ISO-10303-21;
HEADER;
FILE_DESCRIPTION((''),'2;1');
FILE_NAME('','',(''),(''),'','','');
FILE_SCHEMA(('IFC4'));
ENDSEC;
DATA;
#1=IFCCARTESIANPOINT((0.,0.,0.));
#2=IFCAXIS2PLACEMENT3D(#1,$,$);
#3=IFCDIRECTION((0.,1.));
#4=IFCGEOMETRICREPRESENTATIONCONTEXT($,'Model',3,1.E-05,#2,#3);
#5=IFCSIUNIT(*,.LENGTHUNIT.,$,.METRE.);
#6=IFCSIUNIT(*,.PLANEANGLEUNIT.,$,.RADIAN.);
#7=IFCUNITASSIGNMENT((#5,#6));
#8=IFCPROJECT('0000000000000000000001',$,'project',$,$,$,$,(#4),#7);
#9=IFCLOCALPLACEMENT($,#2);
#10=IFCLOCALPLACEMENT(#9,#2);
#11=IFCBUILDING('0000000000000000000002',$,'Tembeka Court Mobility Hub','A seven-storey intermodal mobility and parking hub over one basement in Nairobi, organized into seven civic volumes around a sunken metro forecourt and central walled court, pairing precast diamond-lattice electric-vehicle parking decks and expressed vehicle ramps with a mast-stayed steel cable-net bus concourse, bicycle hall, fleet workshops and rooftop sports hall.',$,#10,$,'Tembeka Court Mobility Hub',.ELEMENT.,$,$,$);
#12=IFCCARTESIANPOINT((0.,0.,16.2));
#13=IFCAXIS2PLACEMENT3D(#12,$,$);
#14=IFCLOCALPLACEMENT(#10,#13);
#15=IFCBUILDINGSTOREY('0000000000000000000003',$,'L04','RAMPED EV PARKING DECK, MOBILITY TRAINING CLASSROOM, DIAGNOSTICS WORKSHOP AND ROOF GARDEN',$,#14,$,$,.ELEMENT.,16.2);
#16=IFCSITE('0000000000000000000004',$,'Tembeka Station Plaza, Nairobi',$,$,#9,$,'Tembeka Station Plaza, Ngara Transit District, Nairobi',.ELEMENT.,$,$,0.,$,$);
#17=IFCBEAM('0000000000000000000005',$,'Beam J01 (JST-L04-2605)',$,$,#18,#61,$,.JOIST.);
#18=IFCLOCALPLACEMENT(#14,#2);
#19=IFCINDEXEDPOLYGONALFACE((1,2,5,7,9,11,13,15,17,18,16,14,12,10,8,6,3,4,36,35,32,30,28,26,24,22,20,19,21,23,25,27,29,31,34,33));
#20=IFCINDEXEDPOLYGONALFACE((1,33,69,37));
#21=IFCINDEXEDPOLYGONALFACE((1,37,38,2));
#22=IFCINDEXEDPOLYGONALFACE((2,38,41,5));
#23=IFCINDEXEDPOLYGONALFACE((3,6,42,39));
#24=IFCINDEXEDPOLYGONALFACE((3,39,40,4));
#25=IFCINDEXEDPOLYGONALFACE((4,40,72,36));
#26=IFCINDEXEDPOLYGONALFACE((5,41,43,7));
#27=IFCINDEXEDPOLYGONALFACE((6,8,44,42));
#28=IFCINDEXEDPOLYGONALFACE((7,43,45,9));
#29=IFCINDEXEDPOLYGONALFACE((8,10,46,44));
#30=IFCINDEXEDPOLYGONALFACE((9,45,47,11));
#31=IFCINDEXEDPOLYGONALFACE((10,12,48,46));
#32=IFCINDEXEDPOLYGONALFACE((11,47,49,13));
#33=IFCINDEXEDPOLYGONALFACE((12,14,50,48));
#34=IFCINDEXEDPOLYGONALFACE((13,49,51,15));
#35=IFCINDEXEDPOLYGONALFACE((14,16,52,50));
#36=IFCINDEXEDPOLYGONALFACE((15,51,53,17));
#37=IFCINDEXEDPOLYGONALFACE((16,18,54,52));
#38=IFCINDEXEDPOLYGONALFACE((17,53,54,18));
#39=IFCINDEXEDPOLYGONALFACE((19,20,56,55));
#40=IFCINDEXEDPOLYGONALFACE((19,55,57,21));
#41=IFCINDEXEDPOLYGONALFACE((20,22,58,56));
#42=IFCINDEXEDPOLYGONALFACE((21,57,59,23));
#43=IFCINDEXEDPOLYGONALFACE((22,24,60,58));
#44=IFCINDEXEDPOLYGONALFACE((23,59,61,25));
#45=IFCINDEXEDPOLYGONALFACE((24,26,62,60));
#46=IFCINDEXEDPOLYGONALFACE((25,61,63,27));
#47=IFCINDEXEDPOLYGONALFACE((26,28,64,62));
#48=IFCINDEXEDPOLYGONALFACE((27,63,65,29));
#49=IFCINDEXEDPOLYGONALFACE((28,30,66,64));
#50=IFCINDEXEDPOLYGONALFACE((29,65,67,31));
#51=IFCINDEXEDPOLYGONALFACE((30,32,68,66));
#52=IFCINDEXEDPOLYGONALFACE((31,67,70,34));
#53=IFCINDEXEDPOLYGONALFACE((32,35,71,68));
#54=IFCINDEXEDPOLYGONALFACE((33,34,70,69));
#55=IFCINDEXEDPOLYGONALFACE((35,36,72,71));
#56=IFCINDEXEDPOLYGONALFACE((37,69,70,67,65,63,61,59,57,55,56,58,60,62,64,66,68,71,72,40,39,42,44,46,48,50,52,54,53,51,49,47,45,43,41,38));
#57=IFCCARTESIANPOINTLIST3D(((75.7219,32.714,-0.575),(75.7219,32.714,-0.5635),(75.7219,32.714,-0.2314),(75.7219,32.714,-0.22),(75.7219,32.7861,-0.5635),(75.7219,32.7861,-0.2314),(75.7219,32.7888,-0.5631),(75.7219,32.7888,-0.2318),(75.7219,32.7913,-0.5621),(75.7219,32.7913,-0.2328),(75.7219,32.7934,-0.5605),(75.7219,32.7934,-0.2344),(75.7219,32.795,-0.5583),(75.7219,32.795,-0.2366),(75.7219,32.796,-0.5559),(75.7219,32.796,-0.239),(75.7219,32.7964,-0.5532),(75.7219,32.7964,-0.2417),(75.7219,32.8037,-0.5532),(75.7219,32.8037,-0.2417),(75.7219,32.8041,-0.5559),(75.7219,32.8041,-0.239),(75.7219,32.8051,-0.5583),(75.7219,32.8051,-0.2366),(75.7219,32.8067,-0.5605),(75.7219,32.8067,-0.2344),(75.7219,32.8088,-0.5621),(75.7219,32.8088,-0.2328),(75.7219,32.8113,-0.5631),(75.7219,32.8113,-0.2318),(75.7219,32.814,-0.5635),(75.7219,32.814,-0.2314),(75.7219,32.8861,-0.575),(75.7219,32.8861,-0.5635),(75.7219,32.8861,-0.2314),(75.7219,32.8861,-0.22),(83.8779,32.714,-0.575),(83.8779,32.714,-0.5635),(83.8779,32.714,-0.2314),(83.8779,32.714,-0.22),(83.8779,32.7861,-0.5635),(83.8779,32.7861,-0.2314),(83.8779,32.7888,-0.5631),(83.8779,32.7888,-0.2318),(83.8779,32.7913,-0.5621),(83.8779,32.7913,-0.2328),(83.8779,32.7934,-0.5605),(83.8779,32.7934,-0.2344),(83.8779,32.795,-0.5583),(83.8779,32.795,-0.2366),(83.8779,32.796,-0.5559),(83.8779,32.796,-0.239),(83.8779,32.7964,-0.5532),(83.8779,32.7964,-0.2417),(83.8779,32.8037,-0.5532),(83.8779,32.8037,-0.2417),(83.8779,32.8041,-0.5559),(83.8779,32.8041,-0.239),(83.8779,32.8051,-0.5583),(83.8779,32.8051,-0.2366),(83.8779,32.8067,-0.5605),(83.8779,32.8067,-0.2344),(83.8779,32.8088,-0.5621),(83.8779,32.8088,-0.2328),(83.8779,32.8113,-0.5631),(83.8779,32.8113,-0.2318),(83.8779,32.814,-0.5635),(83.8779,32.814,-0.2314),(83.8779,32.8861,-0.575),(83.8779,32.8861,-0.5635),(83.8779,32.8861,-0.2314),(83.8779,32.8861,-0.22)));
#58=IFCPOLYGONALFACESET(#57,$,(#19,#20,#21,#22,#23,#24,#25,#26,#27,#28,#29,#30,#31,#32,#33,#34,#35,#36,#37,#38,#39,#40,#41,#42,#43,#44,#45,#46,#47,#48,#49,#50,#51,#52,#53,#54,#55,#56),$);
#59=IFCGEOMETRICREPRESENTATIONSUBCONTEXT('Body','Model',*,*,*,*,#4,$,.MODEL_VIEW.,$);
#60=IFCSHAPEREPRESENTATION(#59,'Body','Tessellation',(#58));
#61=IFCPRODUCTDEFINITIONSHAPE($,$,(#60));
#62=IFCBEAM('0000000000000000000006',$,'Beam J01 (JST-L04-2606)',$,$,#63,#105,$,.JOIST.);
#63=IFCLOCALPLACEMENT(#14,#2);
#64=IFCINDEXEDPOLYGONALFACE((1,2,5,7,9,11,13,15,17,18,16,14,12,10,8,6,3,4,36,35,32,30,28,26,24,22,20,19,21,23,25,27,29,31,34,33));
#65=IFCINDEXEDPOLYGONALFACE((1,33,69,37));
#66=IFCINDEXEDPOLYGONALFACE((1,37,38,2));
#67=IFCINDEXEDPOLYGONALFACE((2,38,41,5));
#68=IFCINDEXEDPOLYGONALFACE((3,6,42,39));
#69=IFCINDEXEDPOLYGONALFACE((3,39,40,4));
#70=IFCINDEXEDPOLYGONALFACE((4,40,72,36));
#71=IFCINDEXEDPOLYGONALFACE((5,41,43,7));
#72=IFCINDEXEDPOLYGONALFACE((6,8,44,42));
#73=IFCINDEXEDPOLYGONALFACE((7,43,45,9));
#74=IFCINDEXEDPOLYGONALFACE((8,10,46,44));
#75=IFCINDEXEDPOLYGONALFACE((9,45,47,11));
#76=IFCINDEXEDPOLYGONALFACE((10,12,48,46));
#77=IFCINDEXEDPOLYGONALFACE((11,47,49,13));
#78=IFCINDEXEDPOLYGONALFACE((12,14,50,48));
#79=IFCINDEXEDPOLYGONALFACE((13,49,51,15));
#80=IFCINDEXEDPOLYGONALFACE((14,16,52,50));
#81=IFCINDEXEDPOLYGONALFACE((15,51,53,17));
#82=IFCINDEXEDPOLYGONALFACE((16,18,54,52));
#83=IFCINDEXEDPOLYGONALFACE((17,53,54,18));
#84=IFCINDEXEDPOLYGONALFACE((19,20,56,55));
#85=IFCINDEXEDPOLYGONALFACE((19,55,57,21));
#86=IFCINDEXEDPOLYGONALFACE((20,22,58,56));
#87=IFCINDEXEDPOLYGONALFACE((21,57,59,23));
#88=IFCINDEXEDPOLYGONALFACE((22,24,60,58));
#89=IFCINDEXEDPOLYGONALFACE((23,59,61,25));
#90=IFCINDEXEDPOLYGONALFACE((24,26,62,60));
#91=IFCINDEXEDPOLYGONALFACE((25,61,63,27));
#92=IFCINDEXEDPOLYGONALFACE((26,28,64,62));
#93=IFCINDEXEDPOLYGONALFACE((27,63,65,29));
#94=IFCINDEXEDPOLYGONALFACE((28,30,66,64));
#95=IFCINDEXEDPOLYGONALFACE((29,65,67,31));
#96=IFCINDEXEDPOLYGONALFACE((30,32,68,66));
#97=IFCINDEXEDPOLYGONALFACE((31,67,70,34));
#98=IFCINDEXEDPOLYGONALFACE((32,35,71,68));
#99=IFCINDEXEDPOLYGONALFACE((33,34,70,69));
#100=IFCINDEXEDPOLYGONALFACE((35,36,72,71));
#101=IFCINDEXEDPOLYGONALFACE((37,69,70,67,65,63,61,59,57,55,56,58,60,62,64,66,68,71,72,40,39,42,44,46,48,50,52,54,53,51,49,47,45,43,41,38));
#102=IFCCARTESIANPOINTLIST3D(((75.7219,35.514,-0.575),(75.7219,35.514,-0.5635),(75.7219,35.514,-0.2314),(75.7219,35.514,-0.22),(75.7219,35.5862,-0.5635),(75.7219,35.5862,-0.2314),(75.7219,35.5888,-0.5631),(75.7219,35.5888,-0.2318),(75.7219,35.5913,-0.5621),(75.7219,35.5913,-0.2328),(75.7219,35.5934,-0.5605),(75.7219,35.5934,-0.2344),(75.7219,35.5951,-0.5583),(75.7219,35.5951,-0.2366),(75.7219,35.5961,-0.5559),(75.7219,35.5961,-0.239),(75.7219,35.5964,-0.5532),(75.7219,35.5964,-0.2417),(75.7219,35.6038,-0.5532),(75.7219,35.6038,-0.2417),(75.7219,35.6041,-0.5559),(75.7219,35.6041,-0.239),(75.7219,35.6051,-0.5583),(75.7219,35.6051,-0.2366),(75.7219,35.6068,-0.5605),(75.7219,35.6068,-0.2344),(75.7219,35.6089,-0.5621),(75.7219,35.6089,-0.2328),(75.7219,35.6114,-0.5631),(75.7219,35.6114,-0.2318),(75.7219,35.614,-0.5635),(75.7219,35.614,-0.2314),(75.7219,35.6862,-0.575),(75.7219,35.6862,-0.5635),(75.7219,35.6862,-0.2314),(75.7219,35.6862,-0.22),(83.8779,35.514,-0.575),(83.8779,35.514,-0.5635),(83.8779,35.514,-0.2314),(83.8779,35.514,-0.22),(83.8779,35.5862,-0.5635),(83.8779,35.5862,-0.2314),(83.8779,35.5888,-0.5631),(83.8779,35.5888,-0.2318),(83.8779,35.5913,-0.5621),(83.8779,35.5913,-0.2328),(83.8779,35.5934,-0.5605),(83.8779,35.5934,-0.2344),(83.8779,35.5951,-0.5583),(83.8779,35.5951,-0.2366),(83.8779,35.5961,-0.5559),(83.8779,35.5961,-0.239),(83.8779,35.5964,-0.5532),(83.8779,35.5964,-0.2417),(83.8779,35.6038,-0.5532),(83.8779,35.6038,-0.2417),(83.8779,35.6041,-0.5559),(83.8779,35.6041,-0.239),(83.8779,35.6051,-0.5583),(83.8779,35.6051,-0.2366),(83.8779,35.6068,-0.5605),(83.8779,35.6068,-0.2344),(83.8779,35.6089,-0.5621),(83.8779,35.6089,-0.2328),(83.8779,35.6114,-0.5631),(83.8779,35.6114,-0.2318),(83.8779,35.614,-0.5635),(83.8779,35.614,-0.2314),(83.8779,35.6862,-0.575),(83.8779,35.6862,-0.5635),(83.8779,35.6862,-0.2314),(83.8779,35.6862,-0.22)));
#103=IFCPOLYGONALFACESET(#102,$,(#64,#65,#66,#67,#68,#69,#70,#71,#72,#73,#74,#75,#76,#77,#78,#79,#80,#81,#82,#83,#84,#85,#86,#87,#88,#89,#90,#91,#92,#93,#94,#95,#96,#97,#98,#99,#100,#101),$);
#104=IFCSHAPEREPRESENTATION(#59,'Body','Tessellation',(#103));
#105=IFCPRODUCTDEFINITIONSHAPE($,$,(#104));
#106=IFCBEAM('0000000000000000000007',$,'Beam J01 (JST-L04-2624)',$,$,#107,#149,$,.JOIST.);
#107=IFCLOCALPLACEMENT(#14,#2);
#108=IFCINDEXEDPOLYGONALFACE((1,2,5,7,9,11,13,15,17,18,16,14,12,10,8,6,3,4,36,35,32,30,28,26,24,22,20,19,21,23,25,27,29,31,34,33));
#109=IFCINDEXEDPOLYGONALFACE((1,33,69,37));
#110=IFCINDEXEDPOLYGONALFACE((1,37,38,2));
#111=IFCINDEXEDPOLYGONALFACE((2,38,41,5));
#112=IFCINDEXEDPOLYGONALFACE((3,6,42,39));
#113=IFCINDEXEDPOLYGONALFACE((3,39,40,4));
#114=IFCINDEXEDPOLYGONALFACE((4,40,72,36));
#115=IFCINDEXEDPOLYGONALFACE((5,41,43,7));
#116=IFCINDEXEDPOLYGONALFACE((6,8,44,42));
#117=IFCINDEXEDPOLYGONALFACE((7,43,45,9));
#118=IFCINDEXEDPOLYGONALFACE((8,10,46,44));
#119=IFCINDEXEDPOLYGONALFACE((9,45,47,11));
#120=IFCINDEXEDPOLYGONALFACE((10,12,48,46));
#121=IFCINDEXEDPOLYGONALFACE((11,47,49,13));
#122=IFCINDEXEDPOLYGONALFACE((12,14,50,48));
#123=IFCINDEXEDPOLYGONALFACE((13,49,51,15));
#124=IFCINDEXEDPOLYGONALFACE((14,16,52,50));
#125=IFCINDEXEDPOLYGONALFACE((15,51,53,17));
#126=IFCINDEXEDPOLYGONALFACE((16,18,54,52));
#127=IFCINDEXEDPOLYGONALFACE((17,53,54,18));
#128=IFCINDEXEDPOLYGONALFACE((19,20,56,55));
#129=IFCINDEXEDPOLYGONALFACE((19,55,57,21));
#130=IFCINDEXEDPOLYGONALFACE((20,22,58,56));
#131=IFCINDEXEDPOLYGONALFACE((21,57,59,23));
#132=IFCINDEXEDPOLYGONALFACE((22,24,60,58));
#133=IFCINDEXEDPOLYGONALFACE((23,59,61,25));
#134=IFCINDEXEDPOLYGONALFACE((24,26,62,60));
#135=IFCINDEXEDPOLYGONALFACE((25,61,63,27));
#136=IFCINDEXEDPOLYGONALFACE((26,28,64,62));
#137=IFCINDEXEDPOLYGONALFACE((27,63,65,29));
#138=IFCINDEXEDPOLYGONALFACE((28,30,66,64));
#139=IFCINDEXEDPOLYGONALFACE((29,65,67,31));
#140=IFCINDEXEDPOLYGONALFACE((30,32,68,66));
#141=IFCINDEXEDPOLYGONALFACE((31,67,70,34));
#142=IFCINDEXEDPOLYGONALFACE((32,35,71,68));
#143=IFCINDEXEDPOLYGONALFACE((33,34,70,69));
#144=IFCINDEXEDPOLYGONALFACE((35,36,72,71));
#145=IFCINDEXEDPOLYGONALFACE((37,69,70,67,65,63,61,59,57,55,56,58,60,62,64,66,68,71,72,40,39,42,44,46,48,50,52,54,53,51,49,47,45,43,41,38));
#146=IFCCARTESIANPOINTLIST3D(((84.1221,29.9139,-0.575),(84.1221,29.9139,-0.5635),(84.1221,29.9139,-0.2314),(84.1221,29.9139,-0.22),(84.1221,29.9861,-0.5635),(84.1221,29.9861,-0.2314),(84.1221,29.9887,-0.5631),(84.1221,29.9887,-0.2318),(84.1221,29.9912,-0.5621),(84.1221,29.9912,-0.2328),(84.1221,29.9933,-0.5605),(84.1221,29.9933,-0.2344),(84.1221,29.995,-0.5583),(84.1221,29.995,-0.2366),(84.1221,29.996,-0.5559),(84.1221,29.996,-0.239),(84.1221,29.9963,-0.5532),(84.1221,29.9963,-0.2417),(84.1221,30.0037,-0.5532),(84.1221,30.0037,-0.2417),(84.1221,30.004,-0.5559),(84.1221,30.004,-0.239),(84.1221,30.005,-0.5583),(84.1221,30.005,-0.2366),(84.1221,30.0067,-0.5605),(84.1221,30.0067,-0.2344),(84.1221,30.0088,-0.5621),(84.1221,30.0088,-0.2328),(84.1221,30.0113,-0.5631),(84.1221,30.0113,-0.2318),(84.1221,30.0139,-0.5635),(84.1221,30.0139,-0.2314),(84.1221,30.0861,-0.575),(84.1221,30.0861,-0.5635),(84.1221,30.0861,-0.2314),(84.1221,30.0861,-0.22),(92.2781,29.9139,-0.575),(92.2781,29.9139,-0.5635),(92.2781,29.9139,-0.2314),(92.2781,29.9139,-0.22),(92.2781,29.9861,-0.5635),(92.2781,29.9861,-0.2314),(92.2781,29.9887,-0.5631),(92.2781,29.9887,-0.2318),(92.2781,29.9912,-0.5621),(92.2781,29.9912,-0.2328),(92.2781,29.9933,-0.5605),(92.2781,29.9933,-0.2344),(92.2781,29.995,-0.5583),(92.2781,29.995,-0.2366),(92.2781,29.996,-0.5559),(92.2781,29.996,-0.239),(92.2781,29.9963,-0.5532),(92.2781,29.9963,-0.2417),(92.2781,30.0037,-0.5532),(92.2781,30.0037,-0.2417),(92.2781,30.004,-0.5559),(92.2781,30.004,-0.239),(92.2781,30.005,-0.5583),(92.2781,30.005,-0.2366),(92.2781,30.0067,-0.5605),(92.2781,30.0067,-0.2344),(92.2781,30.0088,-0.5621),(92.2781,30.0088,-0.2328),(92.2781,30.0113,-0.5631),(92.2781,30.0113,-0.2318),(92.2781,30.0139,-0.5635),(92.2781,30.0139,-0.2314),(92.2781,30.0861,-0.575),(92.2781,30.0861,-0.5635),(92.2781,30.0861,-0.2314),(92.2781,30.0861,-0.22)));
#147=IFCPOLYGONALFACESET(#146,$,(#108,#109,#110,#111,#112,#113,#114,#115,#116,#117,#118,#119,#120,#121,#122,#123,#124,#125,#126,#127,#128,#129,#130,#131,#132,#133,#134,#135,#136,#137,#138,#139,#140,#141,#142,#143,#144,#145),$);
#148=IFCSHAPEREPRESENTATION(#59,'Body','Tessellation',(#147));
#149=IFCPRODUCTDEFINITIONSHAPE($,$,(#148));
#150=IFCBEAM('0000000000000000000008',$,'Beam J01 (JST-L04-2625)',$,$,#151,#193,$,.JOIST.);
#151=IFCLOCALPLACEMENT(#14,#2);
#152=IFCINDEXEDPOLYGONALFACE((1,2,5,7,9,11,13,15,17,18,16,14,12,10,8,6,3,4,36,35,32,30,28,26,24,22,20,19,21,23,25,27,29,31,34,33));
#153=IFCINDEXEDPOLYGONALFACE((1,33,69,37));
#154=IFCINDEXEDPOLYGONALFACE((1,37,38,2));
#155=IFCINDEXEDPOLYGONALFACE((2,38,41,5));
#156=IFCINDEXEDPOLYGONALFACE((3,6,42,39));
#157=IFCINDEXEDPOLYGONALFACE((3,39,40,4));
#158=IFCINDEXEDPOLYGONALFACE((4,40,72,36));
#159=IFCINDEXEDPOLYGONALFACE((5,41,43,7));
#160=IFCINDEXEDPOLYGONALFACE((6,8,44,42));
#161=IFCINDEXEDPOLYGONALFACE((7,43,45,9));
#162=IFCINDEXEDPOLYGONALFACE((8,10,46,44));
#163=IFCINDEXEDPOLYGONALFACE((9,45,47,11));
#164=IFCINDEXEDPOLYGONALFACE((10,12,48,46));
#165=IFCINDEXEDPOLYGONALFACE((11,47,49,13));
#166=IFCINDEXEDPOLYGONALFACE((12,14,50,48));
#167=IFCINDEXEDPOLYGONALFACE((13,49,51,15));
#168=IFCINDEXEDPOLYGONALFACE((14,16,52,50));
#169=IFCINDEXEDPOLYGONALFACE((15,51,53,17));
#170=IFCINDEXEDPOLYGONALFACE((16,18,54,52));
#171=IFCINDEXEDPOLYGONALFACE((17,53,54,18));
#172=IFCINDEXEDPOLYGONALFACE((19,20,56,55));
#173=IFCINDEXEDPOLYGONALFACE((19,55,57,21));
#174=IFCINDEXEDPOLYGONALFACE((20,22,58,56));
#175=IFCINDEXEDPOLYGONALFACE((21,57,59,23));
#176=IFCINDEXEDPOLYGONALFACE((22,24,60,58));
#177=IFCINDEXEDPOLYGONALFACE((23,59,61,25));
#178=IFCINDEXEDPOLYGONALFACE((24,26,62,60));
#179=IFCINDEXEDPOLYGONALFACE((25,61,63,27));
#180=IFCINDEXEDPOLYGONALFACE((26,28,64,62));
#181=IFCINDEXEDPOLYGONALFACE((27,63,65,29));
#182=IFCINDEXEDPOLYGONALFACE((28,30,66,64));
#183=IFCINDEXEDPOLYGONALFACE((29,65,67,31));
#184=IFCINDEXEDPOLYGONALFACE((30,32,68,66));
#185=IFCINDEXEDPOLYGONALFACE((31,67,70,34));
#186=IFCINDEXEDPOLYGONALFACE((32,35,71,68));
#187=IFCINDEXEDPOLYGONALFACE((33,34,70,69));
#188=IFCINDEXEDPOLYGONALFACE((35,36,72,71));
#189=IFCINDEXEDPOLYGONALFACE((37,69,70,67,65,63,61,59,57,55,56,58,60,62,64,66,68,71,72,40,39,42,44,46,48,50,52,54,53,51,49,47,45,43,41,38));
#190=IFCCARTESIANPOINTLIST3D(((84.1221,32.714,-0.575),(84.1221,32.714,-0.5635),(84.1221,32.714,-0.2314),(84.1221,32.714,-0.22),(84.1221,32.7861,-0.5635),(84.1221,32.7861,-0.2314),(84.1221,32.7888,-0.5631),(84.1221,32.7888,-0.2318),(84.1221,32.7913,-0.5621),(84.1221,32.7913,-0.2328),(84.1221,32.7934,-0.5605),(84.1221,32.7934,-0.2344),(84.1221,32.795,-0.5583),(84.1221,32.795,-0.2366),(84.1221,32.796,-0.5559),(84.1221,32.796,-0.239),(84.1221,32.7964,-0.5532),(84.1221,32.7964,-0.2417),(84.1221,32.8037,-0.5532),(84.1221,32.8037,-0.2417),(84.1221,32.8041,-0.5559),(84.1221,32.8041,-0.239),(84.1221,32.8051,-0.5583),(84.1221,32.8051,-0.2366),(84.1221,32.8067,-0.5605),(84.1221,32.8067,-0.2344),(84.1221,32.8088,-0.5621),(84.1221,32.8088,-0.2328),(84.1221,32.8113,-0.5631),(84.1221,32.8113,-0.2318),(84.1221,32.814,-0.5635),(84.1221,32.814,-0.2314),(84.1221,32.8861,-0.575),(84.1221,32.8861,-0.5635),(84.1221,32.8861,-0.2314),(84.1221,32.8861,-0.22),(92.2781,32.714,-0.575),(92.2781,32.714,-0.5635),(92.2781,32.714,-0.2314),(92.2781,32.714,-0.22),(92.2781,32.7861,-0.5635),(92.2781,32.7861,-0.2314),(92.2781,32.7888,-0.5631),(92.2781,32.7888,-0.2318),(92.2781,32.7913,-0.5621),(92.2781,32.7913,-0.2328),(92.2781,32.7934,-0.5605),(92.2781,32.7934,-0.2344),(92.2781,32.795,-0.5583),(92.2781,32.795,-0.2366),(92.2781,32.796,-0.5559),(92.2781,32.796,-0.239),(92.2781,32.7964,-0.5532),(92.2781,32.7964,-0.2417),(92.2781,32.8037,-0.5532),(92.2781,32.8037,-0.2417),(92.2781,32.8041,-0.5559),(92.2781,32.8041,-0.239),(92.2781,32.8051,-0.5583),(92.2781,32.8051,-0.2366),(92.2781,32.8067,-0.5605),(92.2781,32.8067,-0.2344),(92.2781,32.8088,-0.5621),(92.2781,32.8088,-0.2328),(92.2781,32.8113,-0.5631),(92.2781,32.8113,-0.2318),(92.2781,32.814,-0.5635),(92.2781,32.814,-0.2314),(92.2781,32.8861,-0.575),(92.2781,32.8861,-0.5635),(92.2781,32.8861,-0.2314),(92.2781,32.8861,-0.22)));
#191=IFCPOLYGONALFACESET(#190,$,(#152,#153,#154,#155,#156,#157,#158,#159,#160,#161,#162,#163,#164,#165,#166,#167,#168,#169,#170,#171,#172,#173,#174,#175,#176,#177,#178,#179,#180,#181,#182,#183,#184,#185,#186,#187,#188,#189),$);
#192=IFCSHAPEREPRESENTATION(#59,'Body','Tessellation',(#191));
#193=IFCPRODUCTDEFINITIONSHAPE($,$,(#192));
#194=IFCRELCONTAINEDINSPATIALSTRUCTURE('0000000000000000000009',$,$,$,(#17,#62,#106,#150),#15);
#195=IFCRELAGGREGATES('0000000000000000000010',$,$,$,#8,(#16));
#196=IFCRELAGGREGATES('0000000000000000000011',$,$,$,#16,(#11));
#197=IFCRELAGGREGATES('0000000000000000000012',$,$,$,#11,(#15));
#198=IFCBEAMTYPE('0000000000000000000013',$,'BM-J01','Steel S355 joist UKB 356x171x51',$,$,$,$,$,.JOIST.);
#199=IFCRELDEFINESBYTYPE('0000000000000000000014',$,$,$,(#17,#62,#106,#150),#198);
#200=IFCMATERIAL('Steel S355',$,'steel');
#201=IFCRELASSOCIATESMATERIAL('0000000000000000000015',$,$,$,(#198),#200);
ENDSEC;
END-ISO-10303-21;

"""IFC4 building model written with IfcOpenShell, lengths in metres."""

from ifc_helpers import new_model, si_unit, direction, frame, origin, origin_2d, place, context, subcontext, project, spatial, i_section, extrude, material, material_profile, profile_set, type_object, element, save


model = new_model("IFC4")

# Units and contexts
model_context = context("Model", 3, precision=1e-05, world=origin(), true_north=direction((0.0, 1.0)))
body_context = subcontext(model_context, "Body", "Model", "MODEL_VIEW")
ifc_project = project(units=[si_unit("LENGTHUNIT", "METRE"), si_unit("PLANEANGLEUNIT", "RADIAN")], contexts=[model_context])

# Site, building, storey
site_placement = place(None, origin())
site = spatial("IfcSite", under=ifc_project, at=site_placement, Name="Tembeka Station Plaza, Nairobi", LongName="Tembeka Station Plaza, Ngara Transit District, Nairobi", CompositionType="ELEMENT", RefElevation=0.0)
building_placement = place(site_placement, origin())
building = spatial("IfcBuilding", under=site, at=building_placement, Name="Tembeka Court Mobility Hub", Description="A seven-storey intermodal mobility and parking hub over one basement in Nairobi, organized into seven civic volumes around a sunken metro forecourt and central walled court, pairing precast diamond-lattice electric-vehicle parking decks and expressed vehicle ramps with a mast-stayed steel cable-net bus concourse, bicycle hall, fleet workshops and rooftop sports hall.", LongName="Tembeka Court Mobility Hub", CompositionType="ELEMENT")
storey_placement = place(building_placement, frame((0.0, 0.0, 16.2)))
storey = spatial("IfcBuildingStorey", under=building, at=storey_placement, Name="L04", Description="RAMPED EV PARKING DECK, MOBILITY TRAINING CLASSROOM, DIAGNOSTICS WORKSHOP AND ROOF GARDEN", CompositionType="ELEMENT", Elevation=16.2)

# Shared definitions
ifc_material_1 = material(Name="Steel S355", Category="steel")

# Beams
ifc_material_profile_1 = material_profile(ifc_material_1, i_section(OverallWidth=0.1721, OverallDepth=0.355, WebThickness=0.0073, FlangeThickness=0.0115, FilletRadius=0.0103, at=origin_2d()), Name="UKB 356x171x51")
ifc_profile_set_1 = profile_set([ifc_material_profile_1], Name="Steel S355")
beam_type_1 = type_object("IfcBeamType", Name="BM-J01", Description="Steel S355 joist UKB 356x171x51", PredefinedType="JOIST", material=ifc_profile_set_1)
for number, where, z_axis, x_axis, name in (
    (1, (75.7219, 32.8, -0.3975), (1.0, 0.0, 0.0), (0.0, 1.0, 0.0), "Beam J01 (JST-L04-2605)"),
    (2, (75.7219, 35.6001, -0.3975), (1.0, 0.0, 0.0), (0.0, 1.0, 0.0), "Beam J01 (JST-L04-2606)"),
    (3, (84.1221, 30.0, -0.3975), (1.0, 0.0, 0.0), (0.0, 1.0, 0.0), "Beam J01 (JST-L04-2624)"),
    (4, (84.1221, 32.8, -0.3975), (1.0, 0.0, 0.0), (0.0, 1.0, 0.0), "Beam J01 (JST-L04-2625)"),
):
    element("IfcBeam", number, at=place(storey_placement, frame(where, z_axis=z_axis, x_axis=x_axis)), inside=storey, type_object=beam_type_1, Name=name, PredefinedType="JOIST", context=body_context, shape_type="SweptSolid", body=[
        extrude(i_section(OverallWidth=0.1721, OverallDepth=0.355, WebThickness=0.0073, FlangeThickness=0.0115, FilletRadius=0.0103, at=origin_2d()), origin(), (0.0, 0.0, 1.0), 8.156),
    ])

save(model, "model.ifc")
